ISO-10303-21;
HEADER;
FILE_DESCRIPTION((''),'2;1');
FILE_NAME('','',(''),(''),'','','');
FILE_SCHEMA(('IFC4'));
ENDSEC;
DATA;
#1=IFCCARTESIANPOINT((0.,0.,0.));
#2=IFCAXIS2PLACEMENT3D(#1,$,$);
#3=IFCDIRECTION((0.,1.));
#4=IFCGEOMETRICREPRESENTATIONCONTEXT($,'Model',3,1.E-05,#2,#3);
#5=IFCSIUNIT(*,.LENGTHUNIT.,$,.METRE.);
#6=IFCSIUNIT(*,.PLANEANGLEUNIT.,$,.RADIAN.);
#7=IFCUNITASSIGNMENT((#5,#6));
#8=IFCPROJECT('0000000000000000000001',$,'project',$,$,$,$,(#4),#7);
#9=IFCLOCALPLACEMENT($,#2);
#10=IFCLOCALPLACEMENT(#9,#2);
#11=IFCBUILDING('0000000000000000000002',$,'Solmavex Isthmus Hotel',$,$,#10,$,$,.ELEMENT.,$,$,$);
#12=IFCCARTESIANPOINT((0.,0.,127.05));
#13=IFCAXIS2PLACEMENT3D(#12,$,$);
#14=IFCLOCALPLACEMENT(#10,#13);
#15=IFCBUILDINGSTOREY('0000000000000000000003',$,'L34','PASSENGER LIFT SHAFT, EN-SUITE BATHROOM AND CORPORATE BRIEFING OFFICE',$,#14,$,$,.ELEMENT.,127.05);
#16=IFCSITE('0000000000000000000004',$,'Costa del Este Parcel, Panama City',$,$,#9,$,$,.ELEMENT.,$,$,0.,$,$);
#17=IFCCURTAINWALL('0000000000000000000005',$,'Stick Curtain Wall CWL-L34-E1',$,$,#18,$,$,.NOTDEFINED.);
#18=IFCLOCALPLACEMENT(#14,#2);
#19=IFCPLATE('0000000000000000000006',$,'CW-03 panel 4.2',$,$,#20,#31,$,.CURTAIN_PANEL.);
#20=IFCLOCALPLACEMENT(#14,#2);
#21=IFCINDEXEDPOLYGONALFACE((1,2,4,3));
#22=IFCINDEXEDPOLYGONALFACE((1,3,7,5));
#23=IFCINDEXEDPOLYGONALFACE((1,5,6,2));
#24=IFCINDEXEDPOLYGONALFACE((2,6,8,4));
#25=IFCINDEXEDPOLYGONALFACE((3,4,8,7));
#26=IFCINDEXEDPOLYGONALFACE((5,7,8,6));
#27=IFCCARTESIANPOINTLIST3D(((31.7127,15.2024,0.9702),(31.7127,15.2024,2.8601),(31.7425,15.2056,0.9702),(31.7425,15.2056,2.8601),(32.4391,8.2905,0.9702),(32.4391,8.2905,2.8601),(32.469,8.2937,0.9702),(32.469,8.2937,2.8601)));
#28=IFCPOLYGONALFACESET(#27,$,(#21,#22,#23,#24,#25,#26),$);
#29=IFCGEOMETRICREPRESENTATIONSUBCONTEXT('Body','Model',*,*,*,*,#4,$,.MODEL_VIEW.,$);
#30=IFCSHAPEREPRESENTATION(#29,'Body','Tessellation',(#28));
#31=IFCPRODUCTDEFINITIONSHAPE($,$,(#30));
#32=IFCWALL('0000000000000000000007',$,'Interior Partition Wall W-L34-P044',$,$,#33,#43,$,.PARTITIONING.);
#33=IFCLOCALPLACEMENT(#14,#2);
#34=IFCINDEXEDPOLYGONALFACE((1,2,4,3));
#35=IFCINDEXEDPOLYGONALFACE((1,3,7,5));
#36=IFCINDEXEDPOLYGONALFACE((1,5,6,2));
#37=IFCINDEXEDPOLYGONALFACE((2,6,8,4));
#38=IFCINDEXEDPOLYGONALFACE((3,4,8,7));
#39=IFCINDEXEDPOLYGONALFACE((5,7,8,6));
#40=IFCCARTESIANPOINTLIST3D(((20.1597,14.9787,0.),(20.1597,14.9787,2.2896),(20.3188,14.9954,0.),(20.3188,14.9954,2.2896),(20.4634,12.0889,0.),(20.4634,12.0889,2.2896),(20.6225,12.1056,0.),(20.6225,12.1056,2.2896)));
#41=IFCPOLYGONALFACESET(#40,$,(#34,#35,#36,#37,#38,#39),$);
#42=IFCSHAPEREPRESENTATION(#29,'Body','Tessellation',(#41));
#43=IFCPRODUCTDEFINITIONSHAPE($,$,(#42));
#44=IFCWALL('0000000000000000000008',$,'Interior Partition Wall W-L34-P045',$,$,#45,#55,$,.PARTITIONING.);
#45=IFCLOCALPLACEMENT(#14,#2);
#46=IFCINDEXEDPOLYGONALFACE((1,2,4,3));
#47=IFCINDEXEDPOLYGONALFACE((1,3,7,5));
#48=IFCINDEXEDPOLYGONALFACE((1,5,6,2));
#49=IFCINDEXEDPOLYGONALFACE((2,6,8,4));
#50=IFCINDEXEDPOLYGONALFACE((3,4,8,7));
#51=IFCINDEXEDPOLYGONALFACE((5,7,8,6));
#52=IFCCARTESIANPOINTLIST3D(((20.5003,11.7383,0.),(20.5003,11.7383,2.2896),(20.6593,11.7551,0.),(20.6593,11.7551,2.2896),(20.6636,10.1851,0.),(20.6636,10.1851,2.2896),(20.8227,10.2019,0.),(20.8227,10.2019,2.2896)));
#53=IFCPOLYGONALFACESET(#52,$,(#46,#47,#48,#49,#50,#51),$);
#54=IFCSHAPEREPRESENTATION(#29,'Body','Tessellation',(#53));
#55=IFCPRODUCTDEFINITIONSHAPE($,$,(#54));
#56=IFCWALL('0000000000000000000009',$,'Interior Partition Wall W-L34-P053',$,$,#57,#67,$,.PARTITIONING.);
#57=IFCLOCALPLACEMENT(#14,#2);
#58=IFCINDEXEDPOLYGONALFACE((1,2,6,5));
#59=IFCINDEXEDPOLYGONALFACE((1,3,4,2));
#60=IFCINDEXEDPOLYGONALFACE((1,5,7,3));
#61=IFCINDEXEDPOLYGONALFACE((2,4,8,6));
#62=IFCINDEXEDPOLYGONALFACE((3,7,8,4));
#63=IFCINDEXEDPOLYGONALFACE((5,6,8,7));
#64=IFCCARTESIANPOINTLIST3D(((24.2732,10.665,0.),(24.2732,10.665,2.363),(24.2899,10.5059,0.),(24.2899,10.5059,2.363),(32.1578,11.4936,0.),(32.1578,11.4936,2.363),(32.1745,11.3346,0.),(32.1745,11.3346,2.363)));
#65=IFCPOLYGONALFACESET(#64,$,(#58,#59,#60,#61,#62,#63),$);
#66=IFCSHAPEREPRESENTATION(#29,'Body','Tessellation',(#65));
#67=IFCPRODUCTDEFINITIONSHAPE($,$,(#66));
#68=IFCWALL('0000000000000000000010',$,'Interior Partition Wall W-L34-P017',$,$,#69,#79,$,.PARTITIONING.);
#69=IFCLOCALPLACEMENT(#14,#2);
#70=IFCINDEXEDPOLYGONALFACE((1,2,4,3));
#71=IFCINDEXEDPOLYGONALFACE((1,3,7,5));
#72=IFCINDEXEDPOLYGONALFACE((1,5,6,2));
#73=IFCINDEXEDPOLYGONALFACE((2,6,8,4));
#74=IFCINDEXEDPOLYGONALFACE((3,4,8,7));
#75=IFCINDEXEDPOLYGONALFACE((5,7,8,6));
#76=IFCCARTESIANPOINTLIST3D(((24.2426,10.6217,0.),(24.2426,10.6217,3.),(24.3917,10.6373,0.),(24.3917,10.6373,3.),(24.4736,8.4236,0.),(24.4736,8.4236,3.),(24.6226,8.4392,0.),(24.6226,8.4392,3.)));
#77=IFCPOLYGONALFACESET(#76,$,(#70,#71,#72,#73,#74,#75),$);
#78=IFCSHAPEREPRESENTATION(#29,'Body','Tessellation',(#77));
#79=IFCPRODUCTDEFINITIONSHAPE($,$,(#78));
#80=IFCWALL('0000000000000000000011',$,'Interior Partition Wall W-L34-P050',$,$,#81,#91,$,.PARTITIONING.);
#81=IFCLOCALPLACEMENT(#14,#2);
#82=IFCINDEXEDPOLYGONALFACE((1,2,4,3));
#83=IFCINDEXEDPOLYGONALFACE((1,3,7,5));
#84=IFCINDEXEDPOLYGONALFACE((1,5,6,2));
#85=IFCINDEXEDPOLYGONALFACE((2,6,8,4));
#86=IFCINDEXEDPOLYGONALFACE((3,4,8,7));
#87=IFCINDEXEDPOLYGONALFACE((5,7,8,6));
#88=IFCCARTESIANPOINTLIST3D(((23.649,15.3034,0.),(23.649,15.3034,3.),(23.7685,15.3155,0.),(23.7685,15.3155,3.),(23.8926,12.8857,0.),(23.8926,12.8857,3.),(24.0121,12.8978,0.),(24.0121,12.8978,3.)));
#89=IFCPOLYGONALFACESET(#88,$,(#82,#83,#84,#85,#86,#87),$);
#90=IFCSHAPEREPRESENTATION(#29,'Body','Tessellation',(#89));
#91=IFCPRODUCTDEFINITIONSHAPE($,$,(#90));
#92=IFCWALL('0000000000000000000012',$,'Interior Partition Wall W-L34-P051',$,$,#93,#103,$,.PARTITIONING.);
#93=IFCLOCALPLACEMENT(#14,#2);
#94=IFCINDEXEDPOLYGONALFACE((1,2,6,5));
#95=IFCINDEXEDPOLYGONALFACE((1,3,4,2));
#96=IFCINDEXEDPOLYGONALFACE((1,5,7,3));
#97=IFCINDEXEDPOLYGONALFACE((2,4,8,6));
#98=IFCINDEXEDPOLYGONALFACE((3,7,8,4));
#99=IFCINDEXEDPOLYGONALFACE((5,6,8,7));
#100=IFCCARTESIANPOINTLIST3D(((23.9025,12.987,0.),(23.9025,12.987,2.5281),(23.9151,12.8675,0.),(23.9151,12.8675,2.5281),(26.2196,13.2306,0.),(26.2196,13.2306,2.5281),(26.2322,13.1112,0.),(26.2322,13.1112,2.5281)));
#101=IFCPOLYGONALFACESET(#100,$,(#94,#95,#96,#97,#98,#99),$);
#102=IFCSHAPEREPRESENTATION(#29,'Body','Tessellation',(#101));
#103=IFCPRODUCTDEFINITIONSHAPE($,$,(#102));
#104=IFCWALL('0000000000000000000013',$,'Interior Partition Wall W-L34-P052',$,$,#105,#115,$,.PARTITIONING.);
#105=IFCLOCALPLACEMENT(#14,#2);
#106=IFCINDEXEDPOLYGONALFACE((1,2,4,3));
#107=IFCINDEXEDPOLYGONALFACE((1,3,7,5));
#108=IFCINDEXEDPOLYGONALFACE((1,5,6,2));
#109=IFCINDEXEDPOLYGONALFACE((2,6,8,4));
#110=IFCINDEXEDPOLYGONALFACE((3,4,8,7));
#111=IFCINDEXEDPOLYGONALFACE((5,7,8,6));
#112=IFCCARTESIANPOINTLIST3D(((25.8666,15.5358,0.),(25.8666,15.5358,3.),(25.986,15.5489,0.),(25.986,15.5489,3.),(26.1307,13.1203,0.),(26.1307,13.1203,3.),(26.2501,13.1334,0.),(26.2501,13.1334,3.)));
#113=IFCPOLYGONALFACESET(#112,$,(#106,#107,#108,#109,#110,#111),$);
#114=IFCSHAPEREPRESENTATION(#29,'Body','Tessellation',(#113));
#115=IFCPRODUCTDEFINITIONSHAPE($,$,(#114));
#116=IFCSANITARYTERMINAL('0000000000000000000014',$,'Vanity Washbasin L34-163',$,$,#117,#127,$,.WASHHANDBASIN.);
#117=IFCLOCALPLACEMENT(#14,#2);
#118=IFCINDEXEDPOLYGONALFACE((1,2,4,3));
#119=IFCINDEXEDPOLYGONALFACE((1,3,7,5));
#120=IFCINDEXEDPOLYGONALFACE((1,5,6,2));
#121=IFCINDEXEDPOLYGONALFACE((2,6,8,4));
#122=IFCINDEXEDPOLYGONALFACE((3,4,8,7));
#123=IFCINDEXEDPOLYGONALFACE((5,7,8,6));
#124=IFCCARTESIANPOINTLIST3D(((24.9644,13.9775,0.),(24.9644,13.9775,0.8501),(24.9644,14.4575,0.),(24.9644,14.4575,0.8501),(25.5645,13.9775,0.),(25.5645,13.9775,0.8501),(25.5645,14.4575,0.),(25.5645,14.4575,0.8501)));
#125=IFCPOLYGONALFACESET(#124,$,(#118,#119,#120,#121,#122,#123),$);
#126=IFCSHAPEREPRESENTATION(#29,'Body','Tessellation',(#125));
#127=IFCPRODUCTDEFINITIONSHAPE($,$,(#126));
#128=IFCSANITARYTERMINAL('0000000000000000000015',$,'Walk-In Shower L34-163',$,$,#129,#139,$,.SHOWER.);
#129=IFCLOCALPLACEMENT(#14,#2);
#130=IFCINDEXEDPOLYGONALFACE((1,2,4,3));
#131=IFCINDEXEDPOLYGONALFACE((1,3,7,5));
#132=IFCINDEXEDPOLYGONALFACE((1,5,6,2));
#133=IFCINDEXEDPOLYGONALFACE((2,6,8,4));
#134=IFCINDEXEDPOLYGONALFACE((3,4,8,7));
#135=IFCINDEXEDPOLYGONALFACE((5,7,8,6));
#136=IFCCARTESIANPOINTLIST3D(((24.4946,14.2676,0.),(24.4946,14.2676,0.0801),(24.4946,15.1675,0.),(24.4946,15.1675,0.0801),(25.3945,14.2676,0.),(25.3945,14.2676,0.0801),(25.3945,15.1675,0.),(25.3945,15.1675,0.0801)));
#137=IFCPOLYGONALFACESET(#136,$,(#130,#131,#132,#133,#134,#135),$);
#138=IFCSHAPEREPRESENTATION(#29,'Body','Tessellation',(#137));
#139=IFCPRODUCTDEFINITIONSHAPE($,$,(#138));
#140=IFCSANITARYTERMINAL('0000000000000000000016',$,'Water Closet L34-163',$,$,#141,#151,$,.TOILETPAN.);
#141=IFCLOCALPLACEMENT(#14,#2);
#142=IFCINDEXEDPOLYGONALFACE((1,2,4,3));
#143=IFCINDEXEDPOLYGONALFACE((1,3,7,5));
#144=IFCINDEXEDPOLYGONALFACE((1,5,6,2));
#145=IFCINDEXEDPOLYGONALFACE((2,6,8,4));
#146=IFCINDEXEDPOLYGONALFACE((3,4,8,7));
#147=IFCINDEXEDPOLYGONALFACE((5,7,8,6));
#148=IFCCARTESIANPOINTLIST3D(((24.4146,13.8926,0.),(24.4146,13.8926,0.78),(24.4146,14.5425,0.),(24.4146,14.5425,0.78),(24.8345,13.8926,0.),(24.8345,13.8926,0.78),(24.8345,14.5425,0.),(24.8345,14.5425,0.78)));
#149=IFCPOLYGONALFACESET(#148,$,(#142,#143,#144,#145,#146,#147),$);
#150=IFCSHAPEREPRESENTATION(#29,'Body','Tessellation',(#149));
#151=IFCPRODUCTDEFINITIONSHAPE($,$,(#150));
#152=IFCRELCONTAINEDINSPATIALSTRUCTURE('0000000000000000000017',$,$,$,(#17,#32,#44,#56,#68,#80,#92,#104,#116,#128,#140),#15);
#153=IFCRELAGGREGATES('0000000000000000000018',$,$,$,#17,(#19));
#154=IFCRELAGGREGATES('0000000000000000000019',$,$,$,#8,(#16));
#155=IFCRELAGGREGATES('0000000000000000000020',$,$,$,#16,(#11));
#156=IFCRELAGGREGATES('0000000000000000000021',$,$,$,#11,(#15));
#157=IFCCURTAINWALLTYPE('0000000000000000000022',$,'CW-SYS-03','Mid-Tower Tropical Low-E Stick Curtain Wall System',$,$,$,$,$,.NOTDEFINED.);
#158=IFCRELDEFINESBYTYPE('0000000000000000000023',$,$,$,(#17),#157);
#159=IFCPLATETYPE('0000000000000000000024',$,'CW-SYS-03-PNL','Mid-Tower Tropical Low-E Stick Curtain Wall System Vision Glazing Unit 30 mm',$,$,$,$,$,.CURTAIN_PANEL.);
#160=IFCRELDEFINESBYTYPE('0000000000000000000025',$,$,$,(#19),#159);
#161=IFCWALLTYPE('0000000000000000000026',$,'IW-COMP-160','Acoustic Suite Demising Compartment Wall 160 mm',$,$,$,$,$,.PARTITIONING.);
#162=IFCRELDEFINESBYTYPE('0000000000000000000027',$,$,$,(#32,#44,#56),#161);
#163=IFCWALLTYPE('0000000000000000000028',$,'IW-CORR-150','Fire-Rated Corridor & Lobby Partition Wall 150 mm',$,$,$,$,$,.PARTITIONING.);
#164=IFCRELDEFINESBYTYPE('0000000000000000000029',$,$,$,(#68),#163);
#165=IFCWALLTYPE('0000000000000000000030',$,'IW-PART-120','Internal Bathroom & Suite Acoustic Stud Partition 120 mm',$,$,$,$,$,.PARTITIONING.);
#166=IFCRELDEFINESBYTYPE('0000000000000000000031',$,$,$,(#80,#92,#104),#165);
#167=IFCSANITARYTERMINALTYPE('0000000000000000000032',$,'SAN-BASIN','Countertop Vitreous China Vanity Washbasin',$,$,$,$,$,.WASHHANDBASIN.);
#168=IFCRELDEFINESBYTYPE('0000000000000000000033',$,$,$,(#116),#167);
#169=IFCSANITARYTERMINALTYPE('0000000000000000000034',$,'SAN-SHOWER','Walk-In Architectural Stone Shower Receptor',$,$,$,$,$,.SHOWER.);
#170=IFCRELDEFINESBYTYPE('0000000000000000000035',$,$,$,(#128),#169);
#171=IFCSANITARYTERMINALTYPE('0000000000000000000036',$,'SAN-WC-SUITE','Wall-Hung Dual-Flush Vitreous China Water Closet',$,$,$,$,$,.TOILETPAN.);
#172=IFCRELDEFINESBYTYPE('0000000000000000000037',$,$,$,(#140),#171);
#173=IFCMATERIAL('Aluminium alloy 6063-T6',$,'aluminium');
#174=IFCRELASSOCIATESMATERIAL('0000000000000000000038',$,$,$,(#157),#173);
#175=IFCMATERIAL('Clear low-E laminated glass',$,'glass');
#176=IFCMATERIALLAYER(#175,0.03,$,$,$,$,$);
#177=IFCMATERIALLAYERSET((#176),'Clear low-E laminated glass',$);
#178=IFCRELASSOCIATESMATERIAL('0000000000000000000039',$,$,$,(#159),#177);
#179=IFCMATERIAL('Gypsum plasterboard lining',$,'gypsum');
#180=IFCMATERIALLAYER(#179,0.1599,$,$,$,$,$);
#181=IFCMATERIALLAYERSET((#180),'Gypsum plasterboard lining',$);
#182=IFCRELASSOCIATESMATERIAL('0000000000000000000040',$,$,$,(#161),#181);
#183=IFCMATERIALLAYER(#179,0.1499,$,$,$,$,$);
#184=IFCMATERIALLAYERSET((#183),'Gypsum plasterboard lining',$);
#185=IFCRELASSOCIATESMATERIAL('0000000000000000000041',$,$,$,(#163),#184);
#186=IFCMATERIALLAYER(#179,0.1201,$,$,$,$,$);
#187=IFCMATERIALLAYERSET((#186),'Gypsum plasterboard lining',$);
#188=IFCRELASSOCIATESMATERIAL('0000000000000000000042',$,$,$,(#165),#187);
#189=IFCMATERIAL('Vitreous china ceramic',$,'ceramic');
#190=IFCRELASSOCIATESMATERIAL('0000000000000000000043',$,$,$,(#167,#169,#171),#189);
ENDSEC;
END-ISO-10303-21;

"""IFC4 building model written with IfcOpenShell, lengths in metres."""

from ifc_helpers import new_model, si_unit, direction, frame, frame_2d, origin, origin_2d, place, context, subcontext, project, spatial, rectangle, extrude, material, layer, layer_set, type_object, element, aggregate, save


model = new_model("IFC4")

# Units and contexts
model_context = context("Model", 3, precision=1e-05, world=origin(), true_north=direction((0.0, 1.0)))
body_context = subcontext(model_context, "Body", "Model", "MODEL_VIEW")
ifc_project = project(units=[si_unit("LENGTHUNIT", "METRE"), si_unit("PLANEANGLEUNIT", "RADIAN")], contexts=[model_context])

# Site, building, storey
site_placement = place(None, origin())
site = spatial("IfcSite", under=ifc_project, at=site_placement, Name="Costa del Este Parcel, Panama City", CompositionType="ELEMENT", RefElevation=0.0)
building_placement = place(site_placement, origin())
building = spatial("IfcBuilding", under=site, at=building_placement, Name="Solmavex Isthmus Hotel", CompositionType="ELEMENT")
storey_placement = place(building_placement, frame((0.0, 0.0, 127.05)))
storey = spatial("IfcBuildingStorey", under=building, at=storey_placement, Name="L34", Description="PASSENGER LIFT SHAFT, EN-SUITE BATHROOM AND CORPORATE BRIEFING OFFICE", CompositionType="ELEMENT", Elevation=127.05)

# Curtain wall, plate
ifc_material_1 = material(Name="Aluminium alloy 6063-T6", Category="aluminium")
curtain_wall_type = type_object("IfcCurtainWallType", Name="CW-SYS-03", Description="Mid-Tower Tropical Low-E Stick Curtain Wall System", PredefinedType="NOTDEFINED", material=ifc_material_1)
curtain_wall_placement = place(storey_placement, origin())
curtain_wall = element("IfcCurtainWall", 1, at=curtain_wall_placement, inside=storey, type_object=curtain_wall_type, Name="Stick Curtain Wall CWL-L34-E1", PredefinedType="NOTDEFINED")
ifc_material_2 = material(Name="Clear low-E laminated glass", Category="glass")
ifc_layer_1 = layer(ifc_material_2, 0.03)
ifc_layer_set_1 = layer_set([ifc_layer_1], Name="Clear low-E laminated glass")
plate_type = type_object("IfcPlateType", Name="CW-SYS-03-PNL", Description="Mid-Tower Tropical Low-E Stick Curtain Wall System Vision Glazing Unit 30 mm", PredefinedType="CURTAIN_PANEL", material=ifc_layer_set_1)
plate_1_placement = place(storey_placement, frame((32.0908, 11.748, 0.9702), z_axis=(0.0, 0.0, 1.0), x_axis=(-0.104528, 0.994522, 0.0)))
plate_1 = element("IfcPlate", 2, at=plate_1_placement, type_object=plate_type, Name="CW-03 panel 4.2", PredefinedType="CURTAIN_PANEL", context=body_context, shape_type="SweptSolid", body=[
    extrude(rectangle(XDim=6.95, YDim=0.03, at=origin_2d()), origin(), (0.0, 0.0, 1.0), 1.8899),
])
aggregate(curtain_wall, [plate_1])

# Walls
ifc_material_3 = material(Name="Gypsum plasterboard lining", Category="gypsum")
ifc_layer_2 = layer(ifc_material_3, 0.1599)
ifc_layer_set_2 = layer_set([ifc_layer_2], Name="Gypsum plasterboard lining")
wall_type_1 = type_object("IfcWallType", Name="IW-COMP-160", Description="Acoustic Suite Demising Compartment Wall 160 mm", PredefinedType="PARTITIONING", material=ifc_layer_set_2)
wall_1_placement = place(storey_placement, frame((20.2393, 14.9871, 0.0), z_axis=(0.0, 0.0, 1.0), x_axis=(0.104519, -0.994523, 0.0)))
element("IfcWall", 3, at=wall_1_placement, inside=storey, type_object=wall_type_1, Name="Interior Partition Wall W-L34-P044", PredefinedType="PARTITIONING", context=body_context, shape_type="SweptSolid", body=[
    extrude(rectangle(XDim=2.9058, YDim=0.1599, at=frame_2d((1.4529, 0.0))), origin(), (0.0, 0.0, 1.0), 2.2896),
])
wall_2_placement = place(storey_placement, frame((20.5798, 11.7466, 0.0), z_axis=(0.0, 0.0, 1.0), x_axis=(0.104579, -0.994517, 0.0)))
element("IfcWall", 4, at=wall_2_placement, inside=storey, type_object=wall_type_1, Name="Interior Partition Wall W-L34-P045", PredefinedType="PARTITIONING", context=body_context, shape_type="SweptSolid", body=[
    extrude(rectangle(XDim=1.5618, YDim=0.1599, at=frame_2d((0.7808, 0.0))), origin(), (0.0, 0.0, 1.0), 2.2896),
])

# Wall
wall_3_placement = place(storey_placement, frame((32.166, 11.4141, 0.0), z_axis=(0.0, 0.0, 1.0), x_axis=(-0.994523, -0.104518, 0.0)))
element("IfcWall", 5, at=wall_3_placement, inside=storey, type_object=wall_type_1, Name="Interior Partition Wall W-L34-P053", PredefinedType="PARTITIONING", context=body_context, shape_type="SweptSolid", body=[
    extrude(rectangle(XDim=7.928, YDim=0.1599, at=frame_2d((3.9639, 0.0))), origin(), (0.0, 0.0, 1.0), 2.363),
])

# Shared definitions
ifc_layer_3 = layer(ifc_material_3, 0.1499)
ifc_layer_set_3 = layer_set([ifc_layer_3], Name="Gypsum plasterboard lining")
wall_type_2 = type_object("IfcWallType", Name="IW-CORR-150", Description="Fire-Rated Corridor & Lobby Partition Wall 150 mm", PredefinedType="PARTITIONING", material=ifc_layer_set_3)

# Wall
wall_4_placement = place(storey_placement, frame((24.3171, 10.6294, 0.0), z_axis=(0.0, 0.0, 1.0), x_axis=(0.104501, -0.994525, 0.0)))
element("IfcWall", 6, at=wall_4_placement, inside=storey, type_object=wall_type_2, Name="Interior Partition Wall W-L34-P017", PredefinedType="PARTITIONING", context=body_context, shape_type="SweptSolid", body=[
    extrude(rectangle(XDim=2.2102, YDim=0.1499, at=frame_2d((1.105, 0.0))), origin(), (0.0, 0.0, 1.0), 3.0),
])

# Walls
ifc_layer_4 = layer(ifc_material_3, 0.1201)
ifc_layer_set_4 = layer_set([ifc_layer_4], Name="Gypsum plasterboard lining")
wall_type_3 = type_object("IfcWallType", Name="IW-PART-120", Description="Internal Bathroom & Suite Acoustic Stud Partition 120 mm", PredefinedType="PARTITIONING", material=ifc_layer_set_4)
wall_5_placement = place(storey_placement, frame((23.7087, 15.3093, 0.0), z_axis=(0.0, 0.0, 1.0), x_axis=(0.10027, -0.99496, 0.0)))
element("IfcWall", 7, at=wall_5_placement, inside=storey, type_object=wall_type_3, Name="Interior Partition Wall W-L34-P050", PredefinedType="PARTITIONING", context=body_context, shape_type="SweptSolid", body=[
    extrude(rectangle(XDim=2.4299, YDim=0.1201, at=frame_2d((1.2148, 0.0))), origin(), (0.0, 0.0, 1.0), 3.0),
])
wall_6_placement = place(storey_placement, frame((23.9087, 12.9272, 0.0), z_axis=(0.0, 0.0, 1.0), x_axis=(0.994517, 0.104576, 0.0)))
element("IfcWall", 8, at=wall_6_placement, inside=storey, type_object=wall_type_3, Name="Interior Partition Wall W-L34-P051", PredefinedType="PARTITIONING", context=body_context, shape_type="SweptSolid", body=[
    extrude(rectangle(XDim=2.3298, YDim=0.1201, at=frame_2d((1.165, 0.0))), origin(), (0.0, 0.0, 1.0), 2.5281),
])
wall_7_placement = place(storey_placement, frame((26.1904, 13.127, 0.0), z_axis=(0.0, 0.0, 1.0), x_axis=(-0.108711, 0.994073, 0.0)))
element("IfcWall", 9, at=wall_7_placement, inside=storey, type_object=wall_type_3, Name="Interior Partition Wall W-L34-P052", PredefinedType="PARTITIONING", context=body_context, shape_type="SweptSolid", body=[
    extrude(rectangle(XDim=2.4299, YDim=0.1201, at=frame_2d((1.2148, 0.0))), origin(), (0.0, 0.0, 1.0), 3.0),
])

# Sanitary terminals
ifc_material_4 = material(Name="Vitreous china ceramic", Category="ceramic")
sanitary_terminal_type_1 = type_object("IfcSanitaryTerminalType", Name="SAN-BASIN", Description="Countertop Vitreous China Vanity Washbasin", PredefinedType="WASHHANDBASIN", material=ifc_material_4)
sanitary_terminal_1_placement = place(storey_placement, frame((25.2644, 14.2175, 0.0), z_axis=(0.0, 0.0, 1.0), x_axis=(1.0, 0.0, 0.0)))
element("IfcSanitaryTerminal", 10, at=sanitary_terminal_1_placement, inside=storey, type_object=sanitary_terminal_type_1, Name="Vanity Washbasin L34-163", PredefinedType="WASHHANDBASIN", context=body_context, shape_type="SweptSolid", body=[
    extrude(rectangle(XDim=0.6001, YDim=0.48, at=origin_2d()), origin(), (0.0, 0.0, 1.0), 0.8501),
])
sanitary_terminal_type_2 = type_object("IfcSanitaryTerminalType", Name="SAN-SHOWER", Description="Walk-In Architectural Stone Shower Receptor", PredefinedType="SHOWER", material=ifc_material_4)
sanitary_terminal_2_placement = place(storey_placement, frame((24.9446, 14.7175, 0.0), z_axis=(0.0, 0.0, 1.0), x_axis=(1.0, 0.0, 0.0)))
element("IfcSanitaryTerminal", 11, at=sanitary_terminal_2_placement, inside=storey, type_object=sanitary_terminal_type_2, Name="Walk-In Shower L34-163", PredefinedType="SHOWER", context=body_context, shape_type="SweptSolid", body=[
    extrude(rectangle(XDim=0.8999, YDim=0.8999, at=origin_2d()), origin(), (0.0, 0.0, 1.0), 0.0801),
])
sanitary_terminal_type_3 = type_object("IfcSanitaryTerminalType", Name="SAN-WC-SUITE", Description="Wall-Hung Dual-Flush Vitreous China Water Closet", PredefinedType="TOILETPAN", material=ifc_material_4)
sanitary_terminal_3_placement = place(storey_placement, frame((24.6245, 14.2175, 0.0), z_axis=(0.0, 0.0, 1.0), x_axis=(1.0, 0.0, 0.0)))
element("IfcSanitaryTerminal", 12, at=sanitary_terminal_3_placement, inside=storey, type_object=sanitary_terminal_type_3, Name="Water Closet L34-163", PredefinedType="TOILETPAN", context=body_context, shape_type="SweptSolid", body=[
    extrude(rectangle(XDim=0.4199, YDim=0.6499, at=origin_2d()), origin(), (0.0, 0.0, 1.0), 0.78),
])

save(model, "model.ifc")
